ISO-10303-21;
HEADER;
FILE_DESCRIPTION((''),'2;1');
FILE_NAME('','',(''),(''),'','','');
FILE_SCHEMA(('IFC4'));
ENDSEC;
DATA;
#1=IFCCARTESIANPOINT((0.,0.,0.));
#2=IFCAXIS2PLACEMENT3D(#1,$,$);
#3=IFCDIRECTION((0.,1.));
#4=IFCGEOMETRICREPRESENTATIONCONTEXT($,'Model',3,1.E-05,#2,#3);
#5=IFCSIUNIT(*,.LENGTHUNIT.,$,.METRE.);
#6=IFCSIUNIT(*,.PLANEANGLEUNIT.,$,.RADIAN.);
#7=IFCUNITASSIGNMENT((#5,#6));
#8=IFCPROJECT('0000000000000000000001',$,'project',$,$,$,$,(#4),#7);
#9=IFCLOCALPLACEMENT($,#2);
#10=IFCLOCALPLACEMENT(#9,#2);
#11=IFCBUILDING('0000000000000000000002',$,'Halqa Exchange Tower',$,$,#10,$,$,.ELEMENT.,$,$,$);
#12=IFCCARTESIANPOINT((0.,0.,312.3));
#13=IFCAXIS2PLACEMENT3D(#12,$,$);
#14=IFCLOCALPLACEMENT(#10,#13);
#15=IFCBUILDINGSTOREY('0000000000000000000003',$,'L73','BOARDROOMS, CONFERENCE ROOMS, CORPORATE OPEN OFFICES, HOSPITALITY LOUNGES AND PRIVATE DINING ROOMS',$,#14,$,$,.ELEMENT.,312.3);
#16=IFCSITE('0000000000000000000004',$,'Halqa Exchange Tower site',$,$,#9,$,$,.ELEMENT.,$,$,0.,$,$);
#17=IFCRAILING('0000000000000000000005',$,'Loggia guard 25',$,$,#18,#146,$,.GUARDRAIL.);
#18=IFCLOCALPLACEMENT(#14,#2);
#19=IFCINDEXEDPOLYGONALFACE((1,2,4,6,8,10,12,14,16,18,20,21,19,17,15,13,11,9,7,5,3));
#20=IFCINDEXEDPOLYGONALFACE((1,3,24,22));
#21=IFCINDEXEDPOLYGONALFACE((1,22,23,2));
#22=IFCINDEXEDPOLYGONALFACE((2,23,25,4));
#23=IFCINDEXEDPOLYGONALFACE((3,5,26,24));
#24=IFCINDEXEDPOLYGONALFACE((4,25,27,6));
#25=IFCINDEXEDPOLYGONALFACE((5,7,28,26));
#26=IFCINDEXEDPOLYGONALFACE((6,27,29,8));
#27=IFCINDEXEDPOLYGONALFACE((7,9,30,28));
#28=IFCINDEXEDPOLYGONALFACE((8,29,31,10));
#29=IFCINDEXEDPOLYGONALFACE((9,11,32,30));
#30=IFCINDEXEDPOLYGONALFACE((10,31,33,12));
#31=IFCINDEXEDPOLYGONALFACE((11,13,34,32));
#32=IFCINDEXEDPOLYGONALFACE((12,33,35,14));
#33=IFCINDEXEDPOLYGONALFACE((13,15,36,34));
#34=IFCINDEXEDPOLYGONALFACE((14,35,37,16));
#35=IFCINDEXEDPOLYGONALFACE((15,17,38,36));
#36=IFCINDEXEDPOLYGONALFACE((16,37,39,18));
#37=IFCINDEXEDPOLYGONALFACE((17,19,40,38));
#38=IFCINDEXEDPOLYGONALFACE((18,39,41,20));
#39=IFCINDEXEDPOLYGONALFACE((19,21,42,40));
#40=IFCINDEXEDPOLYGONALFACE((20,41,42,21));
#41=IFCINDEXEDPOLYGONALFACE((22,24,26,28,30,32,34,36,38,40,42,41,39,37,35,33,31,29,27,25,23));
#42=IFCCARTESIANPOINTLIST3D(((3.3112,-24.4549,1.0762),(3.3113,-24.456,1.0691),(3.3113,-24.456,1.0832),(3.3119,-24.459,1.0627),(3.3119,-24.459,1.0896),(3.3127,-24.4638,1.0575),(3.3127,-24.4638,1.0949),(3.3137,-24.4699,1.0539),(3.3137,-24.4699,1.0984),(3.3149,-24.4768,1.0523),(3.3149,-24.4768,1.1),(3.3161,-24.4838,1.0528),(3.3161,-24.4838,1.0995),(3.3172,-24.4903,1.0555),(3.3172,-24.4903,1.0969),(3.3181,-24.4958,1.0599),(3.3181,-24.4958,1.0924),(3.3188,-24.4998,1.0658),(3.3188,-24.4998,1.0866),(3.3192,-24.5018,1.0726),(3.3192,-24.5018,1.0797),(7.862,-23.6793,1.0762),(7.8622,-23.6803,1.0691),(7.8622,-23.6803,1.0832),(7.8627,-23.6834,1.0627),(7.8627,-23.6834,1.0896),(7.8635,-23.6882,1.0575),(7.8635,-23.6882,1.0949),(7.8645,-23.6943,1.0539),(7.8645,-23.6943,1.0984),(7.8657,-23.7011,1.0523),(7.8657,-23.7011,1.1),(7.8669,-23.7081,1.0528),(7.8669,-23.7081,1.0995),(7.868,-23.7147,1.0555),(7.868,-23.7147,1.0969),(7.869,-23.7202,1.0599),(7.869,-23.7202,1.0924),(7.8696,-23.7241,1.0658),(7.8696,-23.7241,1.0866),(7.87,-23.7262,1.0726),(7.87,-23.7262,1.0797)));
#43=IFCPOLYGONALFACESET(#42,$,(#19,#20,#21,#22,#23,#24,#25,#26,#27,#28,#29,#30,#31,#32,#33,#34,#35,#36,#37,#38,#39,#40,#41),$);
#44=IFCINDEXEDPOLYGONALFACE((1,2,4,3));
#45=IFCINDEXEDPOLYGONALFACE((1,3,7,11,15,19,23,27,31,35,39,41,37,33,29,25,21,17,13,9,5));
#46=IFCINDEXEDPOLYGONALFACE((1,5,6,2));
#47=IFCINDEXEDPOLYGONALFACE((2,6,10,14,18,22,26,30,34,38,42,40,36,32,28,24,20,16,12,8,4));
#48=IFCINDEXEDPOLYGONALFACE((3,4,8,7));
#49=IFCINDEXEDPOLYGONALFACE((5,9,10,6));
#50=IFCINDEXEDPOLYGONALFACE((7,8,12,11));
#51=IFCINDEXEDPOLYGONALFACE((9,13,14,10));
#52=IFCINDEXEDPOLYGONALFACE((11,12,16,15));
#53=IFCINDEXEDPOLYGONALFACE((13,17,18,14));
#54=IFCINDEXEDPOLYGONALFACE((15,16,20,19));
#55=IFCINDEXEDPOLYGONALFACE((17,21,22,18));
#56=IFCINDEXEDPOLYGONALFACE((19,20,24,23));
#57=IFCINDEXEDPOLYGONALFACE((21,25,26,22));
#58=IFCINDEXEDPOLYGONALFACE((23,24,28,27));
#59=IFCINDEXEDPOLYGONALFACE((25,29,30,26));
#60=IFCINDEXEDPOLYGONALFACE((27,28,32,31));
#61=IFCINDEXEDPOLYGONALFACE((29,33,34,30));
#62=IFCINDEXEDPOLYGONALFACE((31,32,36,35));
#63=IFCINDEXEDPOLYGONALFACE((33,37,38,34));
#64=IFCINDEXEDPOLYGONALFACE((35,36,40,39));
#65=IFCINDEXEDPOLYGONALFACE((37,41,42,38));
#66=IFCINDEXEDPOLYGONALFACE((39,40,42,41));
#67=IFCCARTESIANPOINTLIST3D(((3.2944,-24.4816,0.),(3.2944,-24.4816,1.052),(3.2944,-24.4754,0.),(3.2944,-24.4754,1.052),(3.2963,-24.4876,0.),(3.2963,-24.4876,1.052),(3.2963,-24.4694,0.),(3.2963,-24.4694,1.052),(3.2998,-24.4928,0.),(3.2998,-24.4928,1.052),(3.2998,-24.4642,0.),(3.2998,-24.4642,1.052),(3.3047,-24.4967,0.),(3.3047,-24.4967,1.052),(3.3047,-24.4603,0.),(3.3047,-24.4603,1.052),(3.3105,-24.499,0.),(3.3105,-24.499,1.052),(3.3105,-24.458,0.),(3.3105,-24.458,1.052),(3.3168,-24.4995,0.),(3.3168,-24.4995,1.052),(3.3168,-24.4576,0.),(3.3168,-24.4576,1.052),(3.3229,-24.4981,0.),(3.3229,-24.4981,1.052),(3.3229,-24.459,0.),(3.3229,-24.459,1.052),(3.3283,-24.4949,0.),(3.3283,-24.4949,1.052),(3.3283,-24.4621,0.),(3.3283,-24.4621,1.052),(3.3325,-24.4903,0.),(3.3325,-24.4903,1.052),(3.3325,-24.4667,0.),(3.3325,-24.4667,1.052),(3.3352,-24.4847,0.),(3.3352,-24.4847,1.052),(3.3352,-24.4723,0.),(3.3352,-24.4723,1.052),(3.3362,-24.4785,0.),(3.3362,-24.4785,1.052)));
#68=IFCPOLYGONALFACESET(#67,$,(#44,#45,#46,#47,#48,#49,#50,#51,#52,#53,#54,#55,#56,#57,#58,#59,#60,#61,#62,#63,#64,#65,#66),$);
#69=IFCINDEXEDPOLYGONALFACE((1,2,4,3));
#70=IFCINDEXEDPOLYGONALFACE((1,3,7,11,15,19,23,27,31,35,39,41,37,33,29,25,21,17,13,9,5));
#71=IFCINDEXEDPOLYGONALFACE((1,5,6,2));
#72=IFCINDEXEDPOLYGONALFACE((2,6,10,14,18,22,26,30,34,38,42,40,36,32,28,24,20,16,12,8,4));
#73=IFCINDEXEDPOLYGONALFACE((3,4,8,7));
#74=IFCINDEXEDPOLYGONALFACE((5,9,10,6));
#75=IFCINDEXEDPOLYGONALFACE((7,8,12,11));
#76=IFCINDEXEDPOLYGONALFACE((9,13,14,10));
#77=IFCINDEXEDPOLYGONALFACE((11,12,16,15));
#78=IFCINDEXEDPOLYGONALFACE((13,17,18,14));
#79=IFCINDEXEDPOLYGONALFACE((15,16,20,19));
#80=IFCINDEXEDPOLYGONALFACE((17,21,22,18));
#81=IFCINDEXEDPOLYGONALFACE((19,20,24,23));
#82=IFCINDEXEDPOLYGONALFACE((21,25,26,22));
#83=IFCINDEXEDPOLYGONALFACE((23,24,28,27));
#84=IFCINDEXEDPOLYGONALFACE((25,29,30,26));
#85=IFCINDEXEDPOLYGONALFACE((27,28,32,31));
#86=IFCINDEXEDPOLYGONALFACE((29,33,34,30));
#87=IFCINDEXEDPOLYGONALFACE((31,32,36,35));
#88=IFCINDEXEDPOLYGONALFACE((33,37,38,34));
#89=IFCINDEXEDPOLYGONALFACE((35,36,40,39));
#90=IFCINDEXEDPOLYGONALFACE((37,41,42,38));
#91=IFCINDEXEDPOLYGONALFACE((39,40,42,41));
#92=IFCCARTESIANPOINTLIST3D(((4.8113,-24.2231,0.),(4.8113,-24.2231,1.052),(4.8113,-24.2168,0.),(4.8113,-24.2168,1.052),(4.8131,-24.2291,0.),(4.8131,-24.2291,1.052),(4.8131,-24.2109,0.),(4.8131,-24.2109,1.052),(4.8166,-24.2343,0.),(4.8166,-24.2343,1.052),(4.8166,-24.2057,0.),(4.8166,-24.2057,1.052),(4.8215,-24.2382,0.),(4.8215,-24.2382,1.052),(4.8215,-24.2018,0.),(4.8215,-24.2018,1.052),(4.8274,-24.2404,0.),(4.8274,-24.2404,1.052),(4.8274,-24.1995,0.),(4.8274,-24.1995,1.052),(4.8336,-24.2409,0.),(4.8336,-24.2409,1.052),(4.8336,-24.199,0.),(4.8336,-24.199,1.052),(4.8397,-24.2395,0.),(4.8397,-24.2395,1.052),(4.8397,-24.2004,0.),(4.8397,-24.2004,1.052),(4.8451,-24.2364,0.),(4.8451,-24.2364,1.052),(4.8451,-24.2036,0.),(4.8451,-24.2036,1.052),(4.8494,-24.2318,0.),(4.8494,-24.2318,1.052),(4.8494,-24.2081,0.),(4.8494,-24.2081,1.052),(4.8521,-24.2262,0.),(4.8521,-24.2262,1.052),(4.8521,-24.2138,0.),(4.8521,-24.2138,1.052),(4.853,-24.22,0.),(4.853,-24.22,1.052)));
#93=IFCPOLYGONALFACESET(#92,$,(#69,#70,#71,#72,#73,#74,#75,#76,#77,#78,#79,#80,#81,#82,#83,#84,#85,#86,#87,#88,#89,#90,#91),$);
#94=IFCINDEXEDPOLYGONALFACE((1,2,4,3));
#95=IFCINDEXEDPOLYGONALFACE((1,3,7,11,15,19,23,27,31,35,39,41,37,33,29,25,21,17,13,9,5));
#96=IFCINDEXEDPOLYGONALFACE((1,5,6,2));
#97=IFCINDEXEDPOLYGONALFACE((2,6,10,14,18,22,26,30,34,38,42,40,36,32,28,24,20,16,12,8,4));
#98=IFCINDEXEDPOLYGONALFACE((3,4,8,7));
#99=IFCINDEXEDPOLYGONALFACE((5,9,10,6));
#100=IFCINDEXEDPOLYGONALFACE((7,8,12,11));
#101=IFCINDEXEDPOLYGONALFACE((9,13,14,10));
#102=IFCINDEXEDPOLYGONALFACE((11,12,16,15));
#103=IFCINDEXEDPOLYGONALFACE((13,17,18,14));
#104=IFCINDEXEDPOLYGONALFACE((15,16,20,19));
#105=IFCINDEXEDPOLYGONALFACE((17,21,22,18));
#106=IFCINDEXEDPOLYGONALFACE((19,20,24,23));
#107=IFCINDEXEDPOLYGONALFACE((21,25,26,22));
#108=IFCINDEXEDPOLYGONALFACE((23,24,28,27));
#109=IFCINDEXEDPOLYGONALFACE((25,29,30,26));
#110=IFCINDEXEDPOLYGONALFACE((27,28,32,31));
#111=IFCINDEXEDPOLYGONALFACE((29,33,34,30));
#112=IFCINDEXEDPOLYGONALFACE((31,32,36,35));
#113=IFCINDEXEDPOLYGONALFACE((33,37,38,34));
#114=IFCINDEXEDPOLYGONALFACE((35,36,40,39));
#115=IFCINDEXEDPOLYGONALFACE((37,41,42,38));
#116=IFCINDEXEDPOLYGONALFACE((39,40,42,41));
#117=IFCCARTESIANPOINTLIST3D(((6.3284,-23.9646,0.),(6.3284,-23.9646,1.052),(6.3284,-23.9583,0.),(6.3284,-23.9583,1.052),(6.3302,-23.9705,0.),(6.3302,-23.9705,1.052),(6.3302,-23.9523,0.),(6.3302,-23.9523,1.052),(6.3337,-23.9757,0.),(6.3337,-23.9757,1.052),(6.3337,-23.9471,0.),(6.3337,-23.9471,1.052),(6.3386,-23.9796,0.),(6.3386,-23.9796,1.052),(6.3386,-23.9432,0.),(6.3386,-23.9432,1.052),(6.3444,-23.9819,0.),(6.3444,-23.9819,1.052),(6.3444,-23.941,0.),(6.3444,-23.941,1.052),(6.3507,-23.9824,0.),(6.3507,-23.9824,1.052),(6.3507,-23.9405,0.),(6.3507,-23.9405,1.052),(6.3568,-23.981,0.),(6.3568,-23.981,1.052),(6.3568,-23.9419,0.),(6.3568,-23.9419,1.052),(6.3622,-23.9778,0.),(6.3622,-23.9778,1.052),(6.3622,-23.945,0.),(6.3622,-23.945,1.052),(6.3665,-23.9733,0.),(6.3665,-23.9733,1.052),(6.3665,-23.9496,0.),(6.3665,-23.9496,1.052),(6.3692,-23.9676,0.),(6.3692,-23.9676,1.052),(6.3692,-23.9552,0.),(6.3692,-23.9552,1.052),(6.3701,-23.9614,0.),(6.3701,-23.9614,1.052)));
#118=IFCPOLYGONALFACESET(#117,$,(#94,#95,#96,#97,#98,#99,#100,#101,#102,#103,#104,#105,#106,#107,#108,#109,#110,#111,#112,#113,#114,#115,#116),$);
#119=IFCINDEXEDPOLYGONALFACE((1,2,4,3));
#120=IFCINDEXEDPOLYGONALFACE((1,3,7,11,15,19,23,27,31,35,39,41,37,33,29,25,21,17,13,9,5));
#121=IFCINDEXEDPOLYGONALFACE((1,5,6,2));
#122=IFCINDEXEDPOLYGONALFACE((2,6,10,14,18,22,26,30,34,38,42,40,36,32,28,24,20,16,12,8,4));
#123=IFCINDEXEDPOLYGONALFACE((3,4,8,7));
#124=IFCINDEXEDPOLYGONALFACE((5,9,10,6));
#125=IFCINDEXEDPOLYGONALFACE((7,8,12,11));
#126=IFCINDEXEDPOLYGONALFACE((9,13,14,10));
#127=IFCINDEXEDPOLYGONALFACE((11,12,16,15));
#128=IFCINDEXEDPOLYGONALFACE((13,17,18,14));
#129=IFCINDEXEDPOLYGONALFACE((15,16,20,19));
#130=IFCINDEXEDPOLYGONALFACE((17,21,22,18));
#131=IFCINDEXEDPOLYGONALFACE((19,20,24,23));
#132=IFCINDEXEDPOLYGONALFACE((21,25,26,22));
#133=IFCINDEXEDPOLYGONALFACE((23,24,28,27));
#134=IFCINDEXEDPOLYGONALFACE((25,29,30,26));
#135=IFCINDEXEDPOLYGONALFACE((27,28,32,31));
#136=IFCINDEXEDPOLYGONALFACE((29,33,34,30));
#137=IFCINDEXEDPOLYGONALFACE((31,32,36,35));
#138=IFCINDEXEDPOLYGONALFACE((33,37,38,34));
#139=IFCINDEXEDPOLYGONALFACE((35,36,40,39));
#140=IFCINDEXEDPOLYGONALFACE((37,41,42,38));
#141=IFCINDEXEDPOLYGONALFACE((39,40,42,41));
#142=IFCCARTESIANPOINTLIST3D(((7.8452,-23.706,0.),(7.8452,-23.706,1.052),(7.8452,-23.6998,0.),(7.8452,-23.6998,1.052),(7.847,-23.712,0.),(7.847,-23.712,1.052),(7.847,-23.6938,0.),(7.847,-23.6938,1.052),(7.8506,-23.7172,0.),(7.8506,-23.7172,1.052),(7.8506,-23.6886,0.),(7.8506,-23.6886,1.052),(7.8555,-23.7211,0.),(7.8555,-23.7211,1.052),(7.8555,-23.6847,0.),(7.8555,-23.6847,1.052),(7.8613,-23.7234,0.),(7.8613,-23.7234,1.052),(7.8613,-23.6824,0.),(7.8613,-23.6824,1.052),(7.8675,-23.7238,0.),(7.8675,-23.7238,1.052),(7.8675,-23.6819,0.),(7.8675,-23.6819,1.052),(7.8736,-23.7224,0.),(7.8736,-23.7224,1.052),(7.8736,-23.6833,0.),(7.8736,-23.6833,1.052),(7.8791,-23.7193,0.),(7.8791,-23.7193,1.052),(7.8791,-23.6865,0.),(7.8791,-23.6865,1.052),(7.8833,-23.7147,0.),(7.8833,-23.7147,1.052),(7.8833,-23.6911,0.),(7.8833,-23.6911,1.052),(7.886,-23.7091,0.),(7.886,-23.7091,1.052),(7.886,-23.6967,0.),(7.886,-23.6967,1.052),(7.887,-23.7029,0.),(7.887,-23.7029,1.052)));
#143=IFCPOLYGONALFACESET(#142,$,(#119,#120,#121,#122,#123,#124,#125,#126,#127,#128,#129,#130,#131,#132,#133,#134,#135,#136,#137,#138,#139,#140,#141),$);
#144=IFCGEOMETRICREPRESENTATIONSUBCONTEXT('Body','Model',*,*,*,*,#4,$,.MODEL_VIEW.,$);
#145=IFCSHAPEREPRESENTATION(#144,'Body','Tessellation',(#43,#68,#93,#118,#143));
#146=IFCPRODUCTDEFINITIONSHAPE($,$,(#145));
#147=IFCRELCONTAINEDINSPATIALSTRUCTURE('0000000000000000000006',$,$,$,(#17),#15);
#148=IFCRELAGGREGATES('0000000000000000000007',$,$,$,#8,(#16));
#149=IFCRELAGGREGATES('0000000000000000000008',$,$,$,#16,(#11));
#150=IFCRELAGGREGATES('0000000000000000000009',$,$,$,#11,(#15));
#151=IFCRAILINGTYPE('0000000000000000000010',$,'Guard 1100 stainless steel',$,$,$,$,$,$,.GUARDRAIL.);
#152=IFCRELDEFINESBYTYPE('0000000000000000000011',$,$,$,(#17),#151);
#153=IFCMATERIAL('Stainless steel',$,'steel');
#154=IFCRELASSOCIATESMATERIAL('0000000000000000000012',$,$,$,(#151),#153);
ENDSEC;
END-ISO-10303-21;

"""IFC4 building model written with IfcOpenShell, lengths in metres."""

from ifc_helpers import new_model, si_unit, direction, frame, origin, origin_2d, place, context, subcontext, project, spatial, circle, extrude, material, type_object, element, save


model = new_model("IFC4")

# Units and contexts
model_context = context("Model", 3, precision=1e-05, world=origin(), true_north=direction((0.0, 1.0)))
body_context = subcontext(model_context, "Body", "Model", "MODEL_VIEW")
ifc_project = project(units=[si_unit("LENGTHUNIT", "METRE"), si_unit("PLANEANGLEUNIT", "RADIAN")], contexts=[model_context])

# Site, building, storey
site_placement = place(None, origin())
site = spatial("IfcSite", under=ifc_project, at=site_placement, Name="Halqa Exchange Tower site", CompositionType="ELEMENT", RefElevation=0.0)
building_placement = place(site_placement, origin())
building = spatial("IfcBuilding", under=site, at=building_placement, Name="Halqa Exchange Tower", CompositionType="ELEMENT")
storey_placement = place(building_placement, frame((0.0, 0.0, 312.3)))
storey = spatial("IfcBuildingStorey", under=building, at=storey_placement, Name="L73", Description="BOARDROOMS, CONFERENCE ROOMS, CORPORATE OPEN OFFICES, HOSPITALITY LOUNGES AND PRIVATE DINING ROOMS", CompositionType="ELEMENT", Elevation=312.3)

# Railing
ifc_material_1 = material(Name="Stainless steel", Category="steel")
railing_type = type_object("IfcRailingType", Name="Guard 1100 stainless steel", PredefinedType="GUARDRAIL", material=ifc_material_1)
railing_1_placement = place(storey_placement, frame((3.3152, -24.4785, 0.0)))
element("IfcRailing", 1, at=railing_1_placement, inside=storey, type_object=railing_type, Name="Loggia guard 25", PredefinedType="GUARDRAIL", context=body_context, shape_type="SweptSolid", body=[
    extrude(circle(Radius=0.0239, at=origin_2d()), frame((0.0, 0.0, 1.0762), z_axis=(0.985784, 0.168017, 0.0), x_axis=(-0.168017, 0.985784, 0.0)), (0.0, 0.0, 1.0), 4.6165),
    extrude(circle(Radius=0.021, at=origin_2d()), origin(), (0.0, 0.0, 1.0), 1.052),
    extrude(circle(Radius=0.021, at=origin_2d()), frame((1.5168, 0.2585, 0.0)), (0.0, 0.0, 1.0), 1.052),
    extrude(circle(Radius=0.021, at=origin_2d()), frame((3.0339, 0.5171, 0.0)), (0.0, 0.0, 1.0), 1.052),
    extrude(circle(Radius=0.021, at=origin_2d()), frame((4.5508, 0.7756, 0.0)), (0.0, 0.0, 1.0), 1.052),
])

save(model, "model.ifc")
